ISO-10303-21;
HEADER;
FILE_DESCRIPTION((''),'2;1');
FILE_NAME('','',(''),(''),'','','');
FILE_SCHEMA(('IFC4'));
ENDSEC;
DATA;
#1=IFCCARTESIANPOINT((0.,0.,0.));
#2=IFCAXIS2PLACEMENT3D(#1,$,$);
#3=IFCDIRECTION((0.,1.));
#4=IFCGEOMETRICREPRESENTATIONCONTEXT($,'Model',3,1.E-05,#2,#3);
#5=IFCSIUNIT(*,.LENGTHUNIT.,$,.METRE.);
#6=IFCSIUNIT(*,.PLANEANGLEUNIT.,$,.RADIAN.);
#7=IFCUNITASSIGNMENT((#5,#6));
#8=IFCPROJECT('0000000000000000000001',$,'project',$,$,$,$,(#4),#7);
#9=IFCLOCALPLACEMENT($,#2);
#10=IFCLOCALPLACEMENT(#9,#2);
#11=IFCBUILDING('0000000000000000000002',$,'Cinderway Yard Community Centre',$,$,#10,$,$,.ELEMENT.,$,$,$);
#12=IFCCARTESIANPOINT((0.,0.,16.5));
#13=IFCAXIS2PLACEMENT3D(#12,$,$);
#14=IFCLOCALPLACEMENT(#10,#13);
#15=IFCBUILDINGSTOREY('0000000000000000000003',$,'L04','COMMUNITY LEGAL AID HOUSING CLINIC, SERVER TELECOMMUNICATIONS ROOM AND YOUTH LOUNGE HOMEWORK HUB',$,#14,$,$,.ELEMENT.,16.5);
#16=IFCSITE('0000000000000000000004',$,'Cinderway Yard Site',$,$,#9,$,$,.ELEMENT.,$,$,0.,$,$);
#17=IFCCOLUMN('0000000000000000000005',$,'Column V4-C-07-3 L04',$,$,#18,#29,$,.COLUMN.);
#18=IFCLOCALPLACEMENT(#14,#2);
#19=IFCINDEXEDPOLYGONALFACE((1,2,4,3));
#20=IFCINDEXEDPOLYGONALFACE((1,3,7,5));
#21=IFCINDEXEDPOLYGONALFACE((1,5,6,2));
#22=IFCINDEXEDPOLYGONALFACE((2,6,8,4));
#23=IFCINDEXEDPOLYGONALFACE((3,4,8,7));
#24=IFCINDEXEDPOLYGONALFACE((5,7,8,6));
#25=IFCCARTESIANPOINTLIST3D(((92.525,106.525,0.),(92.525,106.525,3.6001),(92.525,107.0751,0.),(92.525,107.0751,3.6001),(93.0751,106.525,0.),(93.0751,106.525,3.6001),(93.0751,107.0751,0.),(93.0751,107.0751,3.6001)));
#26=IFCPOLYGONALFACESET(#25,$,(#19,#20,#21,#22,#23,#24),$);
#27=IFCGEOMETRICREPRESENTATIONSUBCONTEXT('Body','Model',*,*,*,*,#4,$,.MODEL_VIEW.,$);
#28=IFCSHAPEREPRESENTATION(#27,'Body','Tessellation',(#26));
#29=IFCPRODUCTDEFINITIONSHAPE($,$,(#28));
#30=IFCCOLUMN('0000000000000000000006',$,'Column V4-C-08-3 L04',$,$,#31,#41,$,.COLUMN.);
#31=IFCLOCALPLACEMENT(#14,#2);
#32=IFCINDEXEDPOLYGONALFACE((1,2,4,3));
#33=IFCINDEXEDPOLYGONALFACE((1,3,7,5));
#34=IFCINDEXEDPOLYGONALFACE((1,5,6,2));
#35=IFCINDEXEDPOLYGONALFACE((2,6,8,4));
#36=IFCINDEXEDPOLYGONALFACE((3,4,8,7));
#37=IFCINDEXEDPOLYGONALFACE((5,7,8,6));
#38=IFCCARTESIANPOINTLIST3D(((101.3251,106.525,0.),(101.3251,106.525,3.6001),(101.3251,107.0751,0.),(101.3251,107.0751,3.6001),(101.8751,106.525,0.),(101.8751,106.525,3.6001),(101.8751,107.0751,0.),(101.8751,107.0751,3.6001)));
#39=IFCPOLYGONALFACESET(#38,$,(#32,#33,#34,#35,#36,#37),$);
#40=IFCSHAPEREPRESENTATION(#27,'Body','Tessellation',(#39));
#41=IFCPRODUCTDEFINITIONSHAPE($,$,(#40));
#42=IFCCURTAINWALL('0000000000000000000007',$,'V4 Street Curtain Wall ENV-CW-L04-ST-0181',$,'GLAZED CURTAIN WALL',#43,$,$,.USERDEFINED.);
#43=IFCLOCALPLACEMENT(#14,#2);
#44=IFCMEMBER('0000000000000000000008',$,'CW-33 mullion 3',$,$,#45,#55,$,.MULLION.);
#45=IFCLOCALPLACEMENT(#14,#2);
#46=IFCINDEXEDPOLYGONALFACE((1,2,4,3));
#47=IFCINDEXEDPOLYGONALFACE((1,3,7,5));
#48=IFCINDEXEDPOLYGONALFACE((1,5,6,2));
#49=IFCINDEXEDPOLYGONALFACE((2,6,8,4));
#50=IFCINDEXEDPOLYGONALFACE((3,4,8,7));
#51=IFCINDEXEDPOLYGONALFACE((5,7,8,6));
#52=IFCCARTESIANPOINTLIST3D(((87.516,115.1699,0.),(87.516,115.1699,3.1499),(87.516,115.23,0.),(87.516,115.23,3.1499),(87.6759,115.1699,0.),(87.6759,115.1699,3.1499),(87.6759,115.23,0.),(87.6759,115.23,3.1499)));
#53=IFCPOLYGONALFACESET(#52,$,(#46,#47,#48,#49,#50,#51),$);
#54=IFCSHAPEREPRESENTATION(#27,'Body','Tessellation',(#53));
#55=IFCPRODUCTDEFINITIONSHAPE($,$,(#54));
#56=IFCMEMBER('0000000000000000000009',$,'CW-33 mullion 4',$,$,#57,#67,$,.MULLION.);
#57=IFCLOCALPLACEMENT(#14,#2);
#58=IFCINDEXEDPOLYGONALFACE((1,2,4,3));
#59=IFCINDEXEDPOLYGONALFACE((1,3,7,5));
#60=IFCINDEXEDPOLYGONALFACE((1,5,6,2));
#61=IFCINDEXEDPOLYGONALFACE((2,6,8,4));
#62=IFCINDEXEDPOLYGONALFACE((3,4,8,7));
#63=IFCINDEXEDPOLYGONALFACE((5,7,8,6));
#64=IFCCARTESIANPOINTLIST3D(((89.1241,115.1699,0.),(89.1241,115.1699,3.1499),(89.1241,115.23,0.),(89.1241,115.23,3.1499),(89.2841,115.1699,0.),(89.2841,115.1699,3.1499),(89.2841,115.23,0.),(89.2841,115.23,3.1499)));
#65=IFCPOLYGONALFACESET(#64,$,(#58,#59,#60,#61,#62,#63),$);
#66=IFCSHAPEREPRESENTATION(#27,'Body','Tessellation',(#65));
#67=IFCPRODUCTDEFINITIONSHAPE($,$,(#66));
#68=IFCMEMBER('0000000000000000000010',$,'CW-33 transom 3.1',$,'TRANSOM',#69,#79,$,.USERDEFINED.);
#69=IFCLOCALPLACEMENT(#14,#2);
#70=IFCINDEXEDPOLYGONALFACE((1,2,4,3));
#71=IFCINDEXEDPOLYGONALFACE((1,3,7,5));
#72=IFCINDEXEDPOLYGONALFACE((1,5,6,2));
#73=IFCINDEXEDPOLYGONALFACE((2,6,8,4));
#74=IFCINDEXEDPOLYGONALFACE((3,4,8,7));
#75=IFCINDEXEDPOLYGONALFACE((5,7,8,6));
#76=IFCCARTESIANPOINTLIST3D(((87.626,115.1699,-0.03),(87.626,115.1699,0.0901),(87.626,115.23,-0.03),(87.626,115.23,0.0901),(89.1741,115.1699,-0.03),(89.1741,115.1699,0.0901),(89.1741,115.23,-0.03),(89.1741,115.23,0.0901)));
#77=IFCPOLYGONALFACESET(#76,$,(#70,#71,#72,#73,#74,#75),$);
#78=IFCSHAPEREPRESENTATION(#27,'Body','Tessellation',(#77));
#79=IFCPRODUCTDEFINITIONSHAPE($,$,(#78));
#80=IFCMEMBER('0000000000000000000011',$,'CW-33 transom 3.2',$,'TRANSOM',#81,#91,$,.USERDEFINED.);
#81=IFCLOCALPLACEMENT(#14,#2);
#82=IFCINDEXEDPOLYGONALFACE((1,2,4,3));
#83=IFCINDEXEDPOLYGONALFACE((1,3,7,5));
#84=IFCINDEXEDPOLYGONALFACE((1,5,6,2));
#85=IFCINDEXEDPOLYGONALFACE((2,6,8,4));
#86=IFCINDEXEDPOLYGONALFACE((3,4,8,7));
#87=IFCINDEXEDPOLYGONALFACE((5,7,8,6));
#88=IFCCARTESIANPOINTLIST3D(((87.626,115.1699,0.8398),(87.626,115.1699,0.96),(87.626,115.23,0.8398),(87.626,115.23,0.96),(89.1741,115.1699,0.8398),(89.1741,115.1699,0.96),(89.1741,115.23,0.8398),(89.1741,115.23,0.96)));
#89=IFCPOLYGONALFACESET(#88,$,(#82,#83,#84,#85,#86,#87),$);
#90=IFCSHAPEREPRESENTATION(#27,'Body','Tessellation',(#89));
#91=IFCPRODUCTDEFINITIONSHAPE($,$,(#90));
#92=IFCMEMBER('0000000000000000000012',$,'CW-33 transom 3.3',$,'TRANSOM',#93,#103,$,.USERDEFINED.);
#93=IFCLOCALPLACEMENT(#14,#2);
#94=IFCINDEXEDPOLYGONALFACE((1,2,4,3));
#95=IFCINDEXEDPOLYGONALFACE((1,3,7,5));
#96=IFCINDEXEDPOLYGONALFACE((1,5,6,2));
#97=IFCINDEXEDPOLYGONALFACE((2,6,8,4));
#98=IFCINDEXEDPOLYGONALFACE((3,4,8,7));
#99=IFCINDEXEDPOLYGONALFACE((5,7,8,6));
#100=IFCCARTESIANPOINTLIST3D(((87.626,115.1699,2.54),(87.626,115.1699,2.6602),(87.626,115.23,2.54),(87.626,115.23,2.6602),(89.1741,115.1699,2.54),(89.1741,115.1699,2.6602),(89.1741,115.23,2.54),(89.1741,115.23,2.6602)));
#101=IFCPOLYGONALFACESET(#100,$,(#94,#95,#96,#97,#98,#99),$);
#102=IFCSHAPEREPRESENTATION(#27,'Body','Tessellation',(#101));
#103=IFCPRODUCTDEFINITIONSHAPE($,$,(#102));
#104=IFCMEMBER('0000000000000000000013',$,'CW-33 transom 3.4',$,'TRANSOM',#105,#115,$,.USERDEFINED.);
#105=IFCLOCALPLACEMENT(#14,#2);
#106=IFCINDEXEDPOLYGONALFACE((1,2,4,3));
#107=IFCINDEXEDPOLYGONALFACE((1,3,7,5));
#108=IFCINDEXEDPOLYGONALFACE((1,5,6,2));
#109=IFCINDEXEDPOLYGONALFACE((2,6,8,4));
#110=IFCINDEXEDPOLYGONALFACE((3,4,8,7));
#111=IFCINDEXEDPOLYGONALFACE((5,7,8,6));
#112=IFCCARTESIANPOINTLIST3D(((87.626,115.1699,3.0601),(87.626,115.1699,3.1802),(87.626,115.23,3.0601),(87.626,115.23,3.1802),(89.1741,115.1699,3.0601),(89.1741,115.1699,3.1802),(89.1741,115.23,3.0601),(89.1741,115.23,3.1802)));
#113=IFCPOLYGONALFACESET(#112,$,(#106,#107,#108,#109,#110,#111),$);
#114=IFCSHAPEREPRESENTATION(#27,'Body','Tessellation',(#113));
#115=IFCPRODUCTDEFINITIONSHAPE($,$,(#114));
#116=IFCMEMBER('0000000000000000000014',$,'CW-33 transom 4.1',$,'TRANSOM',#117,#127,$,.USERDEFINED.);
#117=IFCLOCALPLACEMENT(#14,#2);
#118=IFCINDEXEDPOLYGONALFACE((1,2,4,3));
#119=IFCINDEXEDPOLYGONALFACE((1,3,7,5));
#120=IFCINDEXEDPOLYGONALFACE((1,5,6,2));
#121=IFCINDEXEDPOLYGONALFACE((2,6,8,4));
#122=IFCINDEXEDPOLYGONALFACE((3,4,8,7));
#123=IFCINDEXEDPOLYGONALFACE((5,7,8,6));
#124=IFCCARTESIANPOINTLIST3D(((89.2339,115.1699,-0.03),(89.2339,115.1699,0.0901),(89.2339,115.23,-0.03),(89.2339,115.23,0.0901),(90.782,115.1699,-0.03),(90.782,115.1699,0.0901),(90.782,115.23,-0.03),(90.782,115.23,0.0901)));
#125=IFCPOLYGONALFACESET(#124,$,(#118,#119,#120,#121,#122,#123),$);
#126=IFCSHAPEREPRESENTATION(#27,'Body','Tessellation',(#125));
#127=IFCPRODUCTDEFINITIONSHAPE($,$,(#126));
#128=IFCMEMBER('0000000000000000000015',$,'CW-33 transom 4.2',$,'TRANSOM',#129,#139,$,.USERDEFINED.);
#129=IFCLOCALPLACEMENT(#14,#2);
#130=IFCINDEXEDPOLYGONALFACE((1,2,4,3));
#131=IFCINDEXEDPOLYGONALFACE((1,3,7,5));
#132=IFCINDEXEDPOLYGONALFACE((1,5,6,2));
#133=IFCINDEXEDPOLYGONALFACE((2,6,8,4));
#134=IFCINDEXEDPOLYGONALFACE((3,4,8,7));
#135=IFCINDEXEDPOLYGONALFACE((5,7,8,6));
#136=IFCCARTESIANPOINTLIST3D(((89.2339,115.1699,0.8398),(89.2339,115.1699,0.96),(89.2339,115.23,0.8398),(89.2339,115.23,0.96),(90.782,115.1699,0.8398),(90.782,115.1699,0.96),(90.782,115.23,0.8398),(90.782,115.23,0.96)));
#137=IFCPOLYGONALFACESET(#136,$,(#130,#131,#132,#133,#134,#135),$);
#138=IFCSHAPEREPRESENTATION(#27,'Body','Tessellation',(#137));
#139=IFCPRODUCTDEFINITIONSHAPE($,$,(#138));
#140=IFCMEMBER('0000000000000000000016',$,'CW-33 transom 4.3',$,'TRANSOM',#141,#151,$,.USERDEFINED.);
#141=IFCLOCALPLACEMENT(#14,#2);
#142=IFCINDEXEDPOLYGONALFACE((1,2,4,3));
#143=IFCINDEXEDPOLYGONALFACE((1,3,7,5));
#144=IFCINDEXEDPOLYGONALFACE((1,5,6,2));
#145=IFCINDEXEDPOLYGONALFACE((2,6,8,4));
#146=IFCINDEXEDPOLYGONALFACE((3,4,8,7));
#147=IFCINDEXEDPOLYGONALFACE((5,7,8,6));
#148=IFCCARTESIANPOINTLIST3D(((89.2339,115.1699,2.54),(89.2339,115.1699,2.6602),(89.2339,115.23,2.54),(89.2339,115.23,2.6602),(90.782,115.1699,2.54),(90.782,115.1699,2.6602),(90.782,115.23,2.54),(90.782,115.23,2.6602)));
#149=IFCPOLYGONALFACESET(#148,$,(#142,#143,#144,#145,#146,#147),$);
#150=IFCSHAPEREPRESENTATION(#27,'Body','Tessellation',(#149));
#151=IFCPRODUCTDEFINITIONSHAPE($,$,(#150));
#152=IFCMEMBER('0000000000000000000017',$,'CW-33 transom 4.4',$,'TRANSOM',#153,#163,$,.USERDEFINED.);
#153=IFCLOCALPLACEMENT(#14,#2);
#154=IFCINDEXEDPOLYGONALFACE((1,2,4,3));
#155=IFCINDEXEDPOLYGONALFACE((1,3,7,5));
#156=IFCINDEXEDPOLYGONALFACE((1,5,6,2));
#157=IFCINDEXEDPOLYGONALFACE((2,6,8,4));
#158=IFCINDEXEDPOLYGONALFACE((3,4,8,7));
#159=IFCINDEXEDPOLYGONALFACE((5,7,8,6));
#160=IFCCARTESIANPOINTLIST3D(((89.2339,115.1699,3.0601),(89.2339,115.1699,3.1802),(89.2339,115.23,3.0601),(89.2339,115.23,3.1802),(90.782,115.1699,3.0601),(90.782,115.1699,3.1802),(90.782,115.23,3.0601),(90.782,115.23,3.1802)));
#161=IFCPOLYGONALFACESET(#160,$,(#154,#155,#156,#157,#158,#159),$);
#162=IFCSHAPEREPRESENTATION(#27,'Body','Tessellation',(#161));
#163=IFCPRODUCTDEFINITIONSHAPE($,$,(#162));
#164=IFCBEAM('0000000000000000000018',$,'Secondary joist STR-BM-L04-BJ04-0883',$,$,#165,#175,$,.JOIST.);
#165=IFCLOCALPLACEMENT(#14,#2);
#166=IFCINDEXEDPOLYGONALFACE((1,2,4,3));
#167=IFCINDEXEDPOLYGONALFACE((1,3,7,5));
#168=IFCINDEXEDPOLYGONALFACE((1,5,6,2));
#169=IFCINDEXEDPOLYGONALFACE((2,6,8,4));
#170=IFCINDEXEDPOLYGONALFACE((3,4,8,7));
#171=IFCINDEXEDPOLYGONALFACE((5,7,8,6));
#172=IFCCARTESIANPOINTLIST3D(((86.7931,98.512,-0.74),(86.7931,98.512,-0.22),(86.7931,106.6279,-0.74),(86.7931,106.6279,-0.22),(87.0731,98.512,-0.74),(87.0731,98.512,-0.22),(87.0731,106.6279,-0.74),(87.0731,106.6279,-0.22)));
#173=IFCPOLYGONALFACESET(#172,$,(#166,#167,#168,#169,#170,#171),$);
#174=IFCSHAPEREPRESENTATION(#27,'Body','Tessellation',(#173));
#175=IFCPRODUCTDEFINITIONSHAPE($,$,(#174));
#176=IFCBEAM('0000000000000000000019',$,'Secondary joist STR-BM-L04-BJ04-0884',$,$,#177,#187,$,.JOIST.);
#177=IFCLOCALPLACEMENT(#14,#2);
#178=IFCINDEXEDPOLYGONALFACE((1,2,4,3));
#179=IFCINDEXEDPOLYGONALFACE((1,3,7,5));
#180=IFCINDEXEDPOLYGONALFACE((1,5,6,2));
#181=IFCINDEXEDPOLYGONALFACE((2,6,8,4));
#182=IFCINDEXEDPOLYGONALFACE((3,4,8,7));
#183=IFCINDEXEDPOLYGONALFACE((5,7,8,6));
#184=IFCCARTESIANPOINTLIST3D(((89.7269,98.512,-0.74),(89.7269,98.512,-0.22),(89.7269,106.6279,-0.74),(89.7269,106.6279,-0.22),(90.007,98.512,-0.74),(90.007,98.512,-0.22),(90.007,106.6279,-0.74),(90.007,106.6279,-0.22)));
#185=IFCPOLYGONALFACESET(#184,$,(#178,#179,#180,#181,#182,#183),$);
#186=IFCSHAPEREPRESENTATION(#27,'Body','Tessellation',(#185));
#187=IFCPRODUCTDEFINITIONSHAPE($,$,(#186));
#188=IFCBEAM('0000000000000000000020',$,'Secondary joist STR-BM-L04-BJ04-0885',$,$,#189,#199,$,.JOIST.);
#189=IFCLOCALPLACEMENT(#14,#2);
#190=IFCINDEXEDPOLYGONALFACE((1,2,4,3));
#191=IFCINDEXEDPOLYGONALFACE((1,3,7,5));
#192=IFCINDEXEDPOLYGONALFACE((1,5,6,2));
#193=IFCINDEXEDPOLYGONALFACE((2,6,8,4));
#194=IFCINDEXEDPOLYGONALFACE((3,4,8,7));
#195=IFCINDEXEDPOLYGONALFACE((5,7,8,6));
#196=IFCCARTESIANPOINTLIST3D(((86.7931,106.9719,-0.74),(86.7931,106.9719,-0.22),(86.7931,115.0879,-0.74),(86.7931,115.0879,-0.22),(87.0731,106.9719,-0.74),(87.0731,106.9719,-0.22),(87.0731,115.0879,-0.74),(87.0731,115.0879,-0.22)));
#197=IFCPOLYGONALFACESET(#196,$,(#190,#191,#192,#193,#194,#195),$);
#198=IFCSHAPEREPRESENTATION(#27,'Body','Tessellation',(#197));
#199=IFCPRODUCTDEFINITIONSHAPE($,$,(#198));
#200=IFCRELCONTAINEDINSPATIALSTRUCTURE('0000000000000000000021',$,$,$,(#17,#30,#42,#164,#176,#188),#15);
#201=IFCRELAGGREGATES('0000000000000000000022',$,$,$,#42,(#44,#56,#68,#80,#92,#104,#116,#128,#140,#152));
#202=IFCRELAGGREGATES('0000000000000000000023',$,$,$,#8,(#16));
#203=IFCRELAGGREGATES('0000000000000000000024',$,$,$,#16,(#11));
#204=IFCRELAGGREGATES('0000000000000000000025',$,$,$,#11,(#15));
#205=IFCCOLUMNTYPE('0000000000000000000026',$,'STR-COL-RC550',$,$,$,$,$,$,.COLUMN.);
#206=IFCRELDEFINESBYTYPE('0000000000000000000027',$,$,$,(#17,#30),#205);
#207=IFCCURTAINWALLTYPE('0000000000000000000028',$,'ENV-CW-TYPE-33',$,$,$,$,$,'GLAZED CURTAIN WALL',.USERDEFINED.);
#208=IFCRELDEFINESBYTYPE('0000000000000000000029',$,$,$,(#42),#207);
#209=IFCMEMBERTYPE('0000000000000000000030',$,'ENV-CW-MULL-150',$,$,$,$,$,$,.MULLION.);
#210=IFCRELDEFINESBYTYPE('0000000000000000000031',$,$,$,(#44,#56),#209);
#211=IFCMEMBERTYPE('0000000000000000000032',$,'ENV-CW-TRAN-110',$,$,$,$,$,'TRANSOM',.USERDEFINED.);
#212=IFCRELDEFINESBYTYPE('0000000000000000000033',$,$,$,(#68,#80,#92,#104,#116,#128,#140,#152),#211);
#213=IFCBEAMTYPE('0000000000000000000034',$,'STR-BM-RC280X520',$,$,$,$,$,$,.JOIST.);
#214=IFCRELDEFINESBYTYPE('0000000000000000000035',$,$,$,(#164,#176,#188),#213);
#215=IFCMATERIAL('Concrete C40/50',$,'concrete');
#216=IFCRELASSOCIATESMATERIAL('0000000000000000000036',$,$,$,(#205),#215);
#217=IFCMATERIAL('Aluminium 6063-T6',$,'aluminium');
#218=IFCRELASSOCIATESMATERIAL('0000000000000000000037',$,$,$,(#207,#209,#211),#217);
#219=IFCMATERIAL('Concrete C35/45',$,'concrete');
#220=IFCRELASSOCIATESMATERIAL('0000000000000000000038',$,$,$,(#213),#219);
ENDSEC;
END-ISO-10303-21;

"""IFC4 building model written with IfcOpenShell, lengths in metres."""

from ifc_helpers import new_model, si_unit, direction, frame, origin, origin_2d, place, context, subcontext, project, spatial, rectangle, extrude, material, material_profile, profile_set, type_object, element, aggregate, save


model = new_model("IFC4")

# Units and contexts
model_context = context("Model", 3, precision=1e-05, world=origin(), true_north=direction((0.0, 1.0)))
body_context = subcontext(model_context, "Body", "Model", "MODEL_VIEW")
ifc_project = project(units=[si_unit("LENGTHUNIT", "METRE"), si_unit("PLANEANGLEUNIT", "RADIAN")], contexts=[model_context])

# Site, building, storey
site_placement = place(None, origin())
site = spatial("IfcSite", under=ifc_project, at=site_placement, Name="Cinderway Yard Site", CompositionType="ELEMENT", RefElevation=0.0)
building_placement = place(site_placement, origin())
building = spatial("IfcBuilding", under=site, at=building_placement, Name="Cinderway Yard Community Centre", CompositionType="ELEMENT")
storey_placement = place(building_placement, frame((0.0, 0.0, 16.5)))
storey = spatial("IfcBuildingStorey", under=building, at=storey_placement, Name="L04", Description="COMMUNITY LEGAL AID HOUSING CLINIC, SERVER TELECOMMUNICATIONS ROOM AND YOUTH LOUNGE HOMEWORK HUB", CompositionType="ELEMENT", Elevation=16.5)

# Columns
ifc_material_1 = material(Name="Concrete C40/50", Category="concrete")
ifc_material_profile_1 = material_profile(ifc_material_1, rectangle(XDim=0.55, YDim=0.55, at=origin_2d()), Name="Concrete C40/50")
ifc_profile_set_1 = profile_set([ifc_material_profile_1], Name="Concrete C40/50")
column_type = type_object("IfcColumnType", Name="STR-COL-RC550", PredefinedType="COLUMN", material=ifc_profile_set_1)
for number, where, z_axis, x_axis, name in (
    (1, (92.8, 106.8, 0.0), (0.0, 0.0, 1.0), (1.0, 0.0, 0.0), "Column V4-C-07-3 L04"),
    (2, (101.6001, 106.8, 0.0), (0.0, 0.0, 1.0), (1.0, 0.0, 0.0), "Column V4-C-08-3 L04"),
):
    element("IfcColumn", number, at=place(storey_placement, frame(where, z_axis=z_axis, x_axis=x_axis)), inside=storey, type_object=column_type, Name=name, PredefinedType="COLUMN", context=body_context, shape_type="SweptSolid", body=[
        extrude(rectangle(XDim=0.55, YDim=0.55, at=origin_2d()), origin(), (0.0, 0.0, 1.0), 3.6001),
    ])

# Curtain wall, members
ifc_material_2 = material(Name="Aluminium 6063-T6", Category="aluminium")
curtain_wall_type = type_object("IfcCurtainWallType", Name="ENV-CW-TYPE-33", ElementType="GLAZED CURTAIN WALL", PredefinedType="USERDEFINED", material=ifc_material_2)
curtain_wall_placement = place(storey_placement, origin())
curtain_wall = element("IfcCurtainWall", 3, at=curtain_wall_placement, inside=storey, type_object=curtain_wall_type, Name="V4 Street Curtain Wall ENV-CW-L04-ST-0181", ObjectType="GLAZED CURTAIN WALL", PredefinedType="USERDEFINED")
ifc_material_profile_2 = material_profile(ifc_material_2, rectangle(XDim=0.0601, YDim=0.1599, at=origin_2d()), Name="Aluminium 6063-T6")
ifc_profile_set_2 = profile_set([ifc_material_profile_2], Name="Aluminium 6063-T6")
member_type_1 = type_object("IfcMemberType", Name="ENV-CW-MULL-150", PredefinedType="MULLION", material=ifc_profile_set_2)
member_1_placement = place(storey_placement, frame((87.5959, 115.2, 0.0), z_axis=(0.0, 0.0, 1.0), x_axis=(0.0, 1.0, 0.0)))
member_1 = element("IfcMember", 4, at=member_1_placement, type_object=member_type_1, Name="CW-33 mullion 3", PredefinedType="MULLION", context=body_context, shape_type="SweptSolid", body=[
    extrude(rectangle(XDim=0.0601, YDim=0.1599, at=origin_2d()), origin(), (0.0, 0.0, 1.0), 3.1499),
])
member_2_placement = place(storey_placement, frame((89.2041, 115.2, 0.0), z_axis=(0.0, 0.0, 1.0), x_axis=(0.0, 1.0, 0.0)))
member_2 = element("IfcMember", 5, at=member_2_placement, type_object=member_type_1, Name="CW-33 mullion 4", PredefinedType="MULLION", context=body_context, shape_type="SweptSolid", body=[
    extrude(rectangle(XDim=0.0601, YDim=0.1599, at=origin_2d()), origin(), (0.0, 0.0, 1.0), 3.1499),
])
ifc_material_profile_3 = material_profile(ifc_material_2, rectangle(XDim=0.0601, YDim=0.1201, at=origin_2d()), Name="Aluminium 6063-T6")
ifc_profile_set_3 = profile_set([ifc_material_profile_3], Name="Aluminium 6063-T6")
member_type_2 = type_object("IfcMemberType", Name="ENV-CW-TRAN-110", ElementType="TRANSOM", PredefinedType="USERDEFINED", material=ifc_profile_set_3)
member_3_placement = place(storey_placement, frame((87.626, 115.2, 0.03), z_axis=(1.0, 0.0, 0.0), x_axis=(0.0, 1.0, 0.0)))
member_3 = element("IfcMember", 6, at=member_3_placement, type_object=member_type_2, Name="CW-33 transom 3.1", ObjectType="TRANSOM", PredefinedType="USERDEFINED", context=body_context, shape_type="SweptSolid", body=[
    extrude(rectangle(XDim=0.0601, YDim=0.1201, at=origin_2d()), origin(), (0.0, 0.0, 1.0), 1.5481),
])
member_4_placement = place(storey_placement, frame((87.626, 115.2, 0.8999), z_axis=(1.0, 0.0, 0.0), x_axis=(0.0, 1.0, 0.0)))
member_4 = element("IfcMember", 7, at=member_4_placement, type_object=member_type_2, Name="CW-33 transom 3.2", ObjectType="TRANSOM", PredefinedType="USERDEFINED", context=body_context, shape_type="SweptSolid", body=[
    extrude(rectangle(XDim=0.0601, YDim=0.1201, at=origin_2d()), origin(), (0.0, 0.0, 1.0), 1.5481),
])
member_5_placement = place(storey_placement, frame((87.626, 115.2, 2.6001), z_axis=(1.0, 0.0, 0.0), x_axis=(0.0, 1.0, 0.0)))
member_5 = element("IfcMember", 8, at=member_5_placement, type_object=member_type_2, Name="CW-33 transom 3.3", ObjectType="TRANSOM", PredefinedType="USERDEFINED", context=body_context, shape_type="SweptSolid", body=[
    extrude(rectangle(XDim=0.0601, YDim=0.1201, at=origin_2d()), origin(), (0.0, 0.0, 1.0), 1.5481),
])
member_6_placement = place(storey_placement, frame((87.626, 115.2, 3.1201), z_axis=(1.0, 0.0, 0.0), x_axis=(0.0, 1.0, 0.0)))
member_6 = element("IfcMember", 9, at=member_6_placement, type_object=member_type_2, Name="CW-33 transom 3.4", ObjectType="TRANSOM", PredefinedType="USERDEFINED", context=body_context, shape_type="SweptSolid", body=[
    extrude(rectangle(XDim=0.0601, YDim=0.1201, at=origin_2d()), origin(), (0.0, 0.0, 1.0), 1.5481),
])
member_7_placement = place(storey_placement, frame((89.2339, 115.2, 0.03), z_axis=(1.0, 0.0, 0.0), x_axis=(0.0, 1.0, 0.0)))
member_7 = element("IfcMember", 10, at=member_7_placement, type_object=member_type_2, Name="CW-33 transom 4.1", ObjectType="TRANSOM", PredefinedType="USERDEFINED", context=body_context, shape_type="SweptSolid", body=[
    extrude(rectangle(XDim=0.0601, YDim=0.1201, at=origin_2d()), origin(), (0.0, 0.0, 1.0), 1.5481),
])
member_8_placement = place(storey_placement, frame((89.2339, 115.2, 0.8999), z_axis=(1.0, 0.0, 0.0), x_axis=(0.0, 1.0, 0.0)))
member_8 = element("IfcMember", 11, at=member_8_placement, type_object=member_type_2, Name="CW-33 transom 4.2", ObjectType="TRANSOM", PredefinedType="USERDEFINED", context=body_context, shape_type="SweptSolid", body=[
    extrude(rectangle(XDim=0.0601, YDim=0.1201, at=origin_2d()), origin(), (0.0, 0.0, 1.0), 1.5481),
])
member_9_placement = place(storey_placement, frame((89.2339, 115.2, 2.6001), z_axis=(1.0, 0.0, 0.0), x_axis=(0.0, 1.0, 0.0)))
member_9 = element("IfcMember", 12, at=member_9_placement, type_object=member_type_2, Name="CW-33 transom 4.3", ObjectType="TRANSOM", PredefinedType="USERDEFINED", context=body_context, shape_type="SweptSolid", body=[
    extrude(rectangle(XDim=0.0601, YDim=0.1201, at=origin_2d()), origin(), (0.0, 0.0, 1.0), 1.5481),
])
member_10_placement = place(storey_placement, frame((89.2339, 115.2, 3.1201), z_axis=(1.0, 0.0, 0.0), x_axis=(0.0, 1.0, 0.0)))
member_10 = element("IfcMember", 13, at=member_10_placement, type_object=member_type_2, Name="CW-33 transom 4.4", ObjectType="TRANSOM", PredefinedType="USERDEFINED", context=body_context, shape_type="SweptSolid", body=[
    extrude(rectangle(XDim=0.0601, YDim=0.1201, at=origin_2d()), origin(), (0.0, 0.0, 1.0), 1.5481),
])

# Beams
ifc_material_3 = material(Name="Concrete C35/45", Category="concrete")
ifc_material_profile_4 = material_profile(ifc_material_3, rectangle(XDim=0.28, YDim=0.52, at=origin_2d()), Name="Concrete C35/45")
ifc_profile_set_4 = profile_set([ifc_material_profile_4], Name="Concrete C35/45")
beam_type_1 = type_object("IfcBeamType", Name="STR-BM-RC280X520", PredefinedType="JOIST", material=ifc_profile_set_4)
for number, where, z_axis, x_axis, name in (
    (14, (86.9331, 98.512, -0.48), (0.0, 1.0, 0.0), (-1.0, 0.0, 0.0), "Secondary joist STR-BM-L04-BJ04-0883"),
    (15, (89.8669, 98.512, -0.48), (0.0, 1.0, 0.0), (-1.0, 0.0, 0.0), "Secondary joist STR-BM-L04-BJ04-0884"),
    (16, (86.9331, 106.9719, -0.48), (0.0, 1.0, 0.0), (-1.0, 0.0, 0.0), "Secondary joist STR-BM-L04-BJ04-0885"),
):
    element("IfcBeam", number, at=place(storey_placement, frame(where, z_axis=z_axis, x_axis=x_axis)), inside=storey, type_object=beam_type_1, Name=name, PredefinedType="JOIST", context=body_context, shape_type="SweptSolid", body=[
        extrude(rectangle(XDim=0.28, YDim=0.52, at=origin_2d()), origin(), (0.0, 0.0, 1.0), 8.116),
    ])

aggregate(curtain_wall, [member_1, member_2, member_3, member_4, member_5, member_6, member_7, member_8, member_9, member_10])

save(model, "model.ifc")
